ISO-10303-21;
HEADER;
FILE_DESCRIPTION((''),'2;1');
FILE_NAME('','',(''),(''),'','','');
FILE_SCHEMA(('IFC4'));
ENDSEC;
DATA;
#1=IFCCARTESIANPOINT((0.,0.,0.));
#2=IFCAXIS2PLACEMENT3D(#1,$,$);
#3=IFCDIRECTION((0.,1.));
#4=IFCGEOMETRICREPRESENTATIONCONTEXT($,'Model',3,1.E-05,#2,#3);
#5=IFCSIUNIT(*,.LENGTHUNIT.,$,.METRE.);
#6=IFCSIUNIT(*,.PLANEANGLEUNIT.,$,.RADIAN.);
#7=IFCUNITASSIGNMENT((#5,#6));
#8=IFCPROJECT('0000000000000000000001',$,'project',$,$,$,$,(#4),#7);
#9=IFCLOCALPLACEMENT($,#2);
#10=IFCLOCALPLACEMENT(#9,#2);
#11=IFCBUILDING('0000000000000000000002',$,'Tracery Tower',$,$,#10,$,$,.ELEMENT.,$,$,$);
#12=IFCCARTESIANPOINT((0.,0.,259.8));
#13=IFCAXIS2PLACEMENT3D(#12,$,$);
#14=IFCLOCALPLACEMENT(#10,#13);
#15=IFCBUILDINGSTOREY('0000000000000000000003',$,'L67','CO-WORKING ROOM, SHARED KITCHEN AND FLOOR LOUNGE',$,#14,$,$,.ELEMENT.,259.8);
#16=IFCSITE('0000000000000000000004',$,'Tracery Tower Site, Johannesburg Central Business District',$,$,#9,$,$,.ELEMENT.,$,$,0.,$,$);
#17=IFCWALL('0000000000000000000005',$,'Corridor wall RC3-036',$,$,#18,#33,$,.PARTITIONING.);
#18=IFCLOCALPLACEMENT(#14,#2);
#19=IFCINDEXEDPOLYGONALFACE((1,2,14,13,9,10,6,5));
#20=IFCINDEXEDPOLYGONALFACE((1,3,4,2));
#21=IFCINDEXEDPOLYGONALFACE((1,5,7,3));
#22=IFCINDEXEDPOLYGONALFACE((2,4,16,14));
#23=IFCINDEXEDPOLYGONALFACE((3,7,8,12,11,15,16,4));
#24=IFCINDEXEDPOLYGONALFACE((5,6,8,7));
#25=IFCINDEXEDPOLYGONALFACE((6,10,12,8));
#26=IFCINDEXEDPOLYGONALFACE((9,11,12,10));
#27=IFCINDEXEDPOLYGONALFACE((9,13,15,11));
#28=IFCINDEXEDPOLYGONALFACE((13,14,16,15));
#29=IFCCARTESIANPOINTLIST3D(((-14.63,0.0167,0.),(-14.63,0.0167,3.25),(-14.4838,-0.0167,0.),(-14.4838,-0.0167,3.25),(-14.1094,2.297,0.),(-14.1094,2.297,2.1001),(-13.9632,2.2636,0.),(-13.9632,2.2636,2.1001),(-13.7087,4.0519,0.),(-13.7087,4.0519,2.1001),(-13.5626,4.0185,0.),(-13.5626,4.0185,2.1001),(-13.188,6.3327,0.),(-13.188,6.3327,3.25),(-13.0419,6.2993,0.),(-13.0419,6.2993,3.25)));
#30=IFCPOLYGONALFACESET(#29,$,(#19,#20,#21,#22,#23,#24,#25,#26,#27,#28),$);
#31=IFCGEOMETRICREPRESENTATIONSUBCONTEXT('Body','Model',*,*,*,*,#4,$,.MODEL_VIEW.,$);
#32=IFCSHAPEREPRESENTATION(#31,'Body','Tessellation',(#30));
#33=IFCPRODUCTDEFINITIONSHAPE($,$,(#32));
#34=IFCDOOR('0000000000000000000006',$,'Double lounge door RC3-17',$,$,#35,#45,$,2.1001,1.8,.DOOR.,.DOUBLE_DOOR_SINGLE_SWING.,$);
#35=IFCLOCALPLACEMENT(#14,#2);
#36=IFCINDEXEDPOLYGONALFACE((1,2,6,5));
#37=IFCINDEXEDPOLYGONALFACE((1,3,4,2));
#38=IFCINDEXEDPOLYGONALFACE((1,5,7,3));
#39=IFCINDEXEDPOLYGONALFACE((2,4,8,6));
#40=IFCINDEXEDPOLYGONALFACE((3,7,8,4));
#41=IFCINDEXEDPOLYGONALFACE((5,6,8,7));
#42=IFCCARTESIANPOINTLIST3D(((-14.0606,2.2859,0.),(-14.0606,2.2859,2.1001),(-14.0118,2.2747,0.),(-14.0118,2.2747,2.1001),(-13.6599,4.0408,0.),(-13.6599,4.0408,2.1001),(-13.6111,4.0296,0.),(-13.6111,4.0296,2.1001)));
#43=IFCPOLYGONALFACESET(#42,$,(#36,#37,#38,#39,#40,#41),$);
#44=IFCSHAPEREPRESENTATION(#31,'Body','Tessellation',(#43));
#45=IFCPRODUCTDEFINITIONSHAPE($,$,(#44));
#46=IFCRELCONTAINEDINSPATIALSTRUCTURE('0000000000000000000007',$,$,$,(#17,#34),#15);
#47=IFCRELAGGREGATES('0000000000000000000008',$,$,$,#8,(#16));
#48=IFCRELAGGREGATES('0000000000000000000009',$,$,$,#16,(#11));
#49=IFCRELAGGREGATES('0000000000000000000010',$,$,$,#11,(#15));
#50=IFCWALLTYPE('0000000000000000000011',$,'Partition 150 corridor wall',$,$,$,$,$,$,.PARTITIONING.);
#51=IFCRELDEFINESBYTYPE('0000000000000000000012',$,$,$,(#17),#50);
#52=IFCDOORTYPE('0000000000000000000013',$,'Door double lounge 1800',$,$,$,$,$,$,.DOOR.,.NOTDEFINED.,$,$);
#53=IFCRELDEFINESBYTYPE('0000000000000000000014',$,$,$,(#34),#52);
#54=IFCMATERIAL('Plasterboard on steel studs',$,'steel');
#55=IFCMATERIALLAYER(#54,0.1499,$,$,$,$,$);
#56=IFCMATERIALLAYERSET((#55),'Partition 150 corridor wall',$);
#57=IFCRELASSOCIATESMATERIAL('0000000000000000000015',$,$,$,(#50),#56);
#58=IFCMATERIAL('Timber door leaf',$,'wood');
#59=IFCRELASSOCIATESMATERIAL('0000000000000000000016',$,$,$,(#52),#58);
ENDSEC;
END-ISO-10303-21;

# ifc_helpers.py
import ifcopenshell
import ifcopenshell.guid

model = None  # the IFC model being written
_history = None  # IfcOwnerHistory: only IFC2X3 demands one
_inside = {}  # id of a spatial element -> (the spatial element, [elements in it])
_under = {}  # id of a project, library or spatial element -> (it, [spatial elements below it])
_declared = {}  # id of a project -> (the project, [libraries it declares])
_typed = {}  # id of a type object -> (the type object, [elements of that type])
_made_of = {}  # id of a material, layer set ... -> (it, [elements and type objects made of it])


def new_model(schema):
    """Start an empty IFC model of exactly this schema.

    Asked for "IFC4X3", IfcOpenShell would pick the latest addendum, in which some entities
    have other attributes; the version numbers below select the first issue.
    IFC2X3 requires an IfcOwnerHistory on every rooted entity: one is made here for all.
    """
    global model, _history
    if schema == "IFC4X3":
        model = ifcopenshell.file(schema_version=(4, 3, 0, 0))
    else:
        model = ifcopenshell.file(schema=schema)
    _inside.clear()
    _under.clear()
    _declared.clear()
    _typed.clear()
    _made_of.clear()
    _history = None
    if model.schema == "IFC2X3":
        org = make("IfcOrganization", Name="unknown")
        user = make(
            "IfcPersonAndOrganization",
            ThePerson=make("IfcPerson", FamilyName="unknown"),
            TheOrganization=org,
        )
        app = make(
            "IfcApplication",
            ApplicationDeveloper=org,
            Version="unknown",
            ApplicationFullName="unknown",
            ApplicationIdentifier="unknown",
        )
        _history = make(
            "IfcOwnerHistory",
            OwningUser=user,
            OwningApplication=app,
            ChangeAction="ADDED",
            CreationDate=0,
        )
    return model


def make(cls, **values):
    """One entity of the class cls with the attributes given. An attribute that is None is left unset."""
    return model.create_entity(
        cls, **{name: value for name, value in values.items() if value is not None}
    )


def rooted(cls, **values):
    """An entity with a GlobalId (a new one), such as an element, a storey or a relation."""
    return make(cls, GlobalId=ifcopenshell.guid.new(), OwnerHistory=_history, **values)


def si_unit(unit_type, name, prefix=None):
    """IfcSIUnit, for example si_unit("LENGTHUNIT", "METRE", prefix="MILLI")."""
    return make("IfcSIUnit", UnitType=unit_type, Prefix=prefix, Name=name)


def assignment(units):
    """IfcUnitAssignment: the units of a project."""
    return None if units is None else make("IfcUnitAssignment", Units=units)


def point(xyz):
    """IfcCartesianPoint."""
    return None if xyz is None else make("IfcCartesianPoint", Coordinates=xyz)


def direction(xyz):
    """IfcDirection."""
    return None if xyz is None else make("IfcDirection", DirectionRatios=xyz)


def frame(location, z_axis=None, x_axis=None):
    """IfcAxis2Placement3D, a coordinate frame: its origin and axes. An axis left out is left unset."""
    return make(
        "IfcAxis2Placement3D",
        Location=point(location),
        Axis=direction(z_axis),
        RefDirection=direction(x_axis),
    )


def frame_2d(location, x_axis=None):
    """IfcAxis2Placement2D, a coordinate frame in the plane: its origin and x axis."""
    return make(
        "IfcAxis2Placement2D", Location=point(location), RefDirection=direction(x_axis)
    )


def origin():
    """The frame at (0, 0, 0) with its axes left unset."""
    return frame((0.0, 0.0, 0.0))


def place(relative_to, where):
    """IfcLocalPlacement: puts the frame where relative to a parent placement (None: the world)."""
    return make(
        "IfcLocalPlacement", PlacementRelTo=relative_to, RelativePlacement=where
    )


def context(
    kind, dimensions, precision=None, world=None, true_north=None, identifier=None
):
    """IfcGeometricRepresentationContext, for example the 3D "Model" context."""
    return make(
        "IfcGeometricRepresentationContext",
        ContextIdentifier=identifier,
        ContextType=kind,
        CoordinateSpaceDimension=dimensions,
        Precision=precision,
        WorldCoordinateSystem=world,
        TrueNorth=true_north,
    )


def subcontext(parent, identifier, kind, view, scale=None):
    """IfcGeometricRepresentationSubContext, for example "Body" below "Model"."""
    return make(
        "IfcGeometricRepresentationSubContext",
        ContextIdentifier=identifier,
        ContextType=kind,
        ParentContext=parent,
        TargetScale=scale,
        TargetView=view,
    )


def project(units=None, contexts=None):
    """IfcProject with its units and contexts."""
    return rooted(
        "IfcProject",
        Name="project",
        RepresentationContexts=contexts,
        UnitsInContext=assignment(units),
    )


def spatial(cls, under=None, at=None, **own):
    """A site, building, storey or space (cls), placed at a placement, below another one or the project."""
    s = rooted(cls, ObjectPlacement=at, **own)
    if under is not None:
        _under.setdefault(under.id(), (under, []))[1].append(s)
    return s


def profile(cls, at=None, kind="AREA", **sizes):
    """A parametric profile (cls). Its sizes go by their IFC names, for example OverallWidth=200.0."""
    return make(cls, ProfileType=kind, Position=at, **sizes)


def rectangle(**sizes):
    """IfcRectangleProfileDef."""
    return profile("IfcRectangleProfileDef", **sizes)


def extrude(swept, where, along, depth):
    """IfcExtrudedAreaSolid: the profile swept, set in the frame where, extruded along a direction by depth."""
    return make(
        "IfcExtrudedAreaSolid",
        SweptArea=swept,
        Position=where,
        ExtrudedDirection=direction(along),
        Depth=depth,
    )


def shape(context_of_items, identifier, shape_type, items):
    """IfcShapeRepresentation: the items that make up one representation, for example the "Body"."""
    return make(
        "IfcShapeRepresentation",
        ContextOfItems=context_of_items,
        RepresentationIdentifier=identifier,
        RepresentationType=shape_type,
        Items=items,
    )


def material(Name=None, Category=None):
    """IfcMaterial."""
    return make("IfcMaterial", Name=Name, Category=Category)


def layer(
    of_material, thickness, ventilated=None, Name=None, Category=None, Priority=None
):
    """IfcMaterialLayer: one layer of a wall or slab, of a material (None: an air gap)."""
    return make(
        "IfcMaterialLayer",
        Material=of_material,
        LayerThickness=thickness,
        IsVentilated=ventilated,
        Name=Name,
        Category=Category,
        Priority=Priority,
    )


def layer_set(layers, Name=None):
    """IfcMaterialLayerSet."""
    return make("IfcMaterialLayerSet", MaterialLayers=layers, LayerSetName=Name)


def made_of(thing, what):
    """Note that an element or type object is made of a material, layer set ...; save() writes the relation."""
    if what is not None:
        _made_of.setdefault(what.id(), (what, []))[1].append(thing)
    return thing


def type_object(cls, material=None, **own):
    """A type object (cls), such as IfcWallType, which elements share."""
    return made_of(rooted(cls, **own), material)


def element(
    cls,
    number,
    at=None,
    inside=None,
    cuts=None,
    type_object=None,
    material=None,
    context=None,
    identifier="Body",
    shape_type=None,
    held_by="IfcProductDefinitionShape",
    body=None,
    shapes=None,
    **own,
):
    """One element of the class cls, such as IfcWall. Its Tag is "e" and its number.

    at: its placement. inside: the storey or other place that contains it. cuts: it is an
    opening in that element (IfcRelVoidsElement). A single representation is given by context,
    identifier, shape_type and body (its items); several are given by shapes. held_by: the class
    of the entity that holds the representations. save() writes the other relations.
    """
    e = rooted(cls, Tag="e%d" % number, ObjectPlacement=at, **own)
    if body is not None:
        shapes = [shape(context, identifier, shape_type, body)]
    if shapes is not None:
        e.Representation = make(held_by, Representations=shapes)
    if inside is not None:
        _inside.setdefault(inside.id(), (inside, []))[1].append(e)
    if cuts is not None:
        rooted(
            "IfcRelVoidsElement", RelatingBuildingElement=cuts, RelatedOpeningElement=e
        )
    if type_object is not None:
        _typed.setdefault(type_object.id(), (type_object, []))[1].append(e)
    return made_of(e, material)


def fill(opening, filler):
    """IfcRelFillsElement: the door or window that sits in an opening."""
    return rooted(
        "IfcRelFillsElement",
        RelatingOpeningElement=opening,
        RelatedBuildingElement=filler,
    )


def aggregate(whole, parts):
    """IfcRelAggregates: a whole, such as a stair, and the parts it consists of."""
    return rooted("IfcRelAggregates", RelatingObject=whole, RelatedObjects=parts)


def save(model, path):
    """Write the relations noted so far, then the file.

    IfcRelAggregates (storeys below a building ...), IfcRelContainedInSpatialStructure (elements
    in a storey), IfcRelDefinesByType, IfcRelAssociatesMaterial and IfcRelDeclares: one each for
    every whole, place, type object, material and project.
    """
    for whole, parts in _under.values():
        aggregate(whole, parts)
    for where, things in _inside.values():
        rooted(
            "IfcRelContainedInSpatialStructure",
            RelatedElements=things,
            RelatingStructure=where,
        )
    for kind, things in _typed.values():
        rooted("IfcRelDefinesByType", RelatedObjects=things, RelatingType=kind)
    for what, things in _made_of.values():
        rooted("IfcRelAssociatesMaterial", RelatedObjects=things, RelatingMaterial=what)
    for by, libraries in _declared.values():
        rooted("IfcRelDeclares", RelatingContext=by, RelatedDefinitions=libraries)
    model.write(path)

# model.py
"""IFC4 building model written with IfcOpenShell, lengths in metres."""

from ifc_helpers import new_model, si_unit, direction, frame, frame_2d, origin, place, context, subcontext, project, spatial, rectangle, extrude, material, layer, layer_set, type_object, element, fill, save


model = new_model("IFC4")

# Units and contexts
model_context = context("Model", 3, precision=1e-05, world=origin(), true_north=direction((0.0, 1.0)))
body_context = subcontext(model_context, "Body", "Model", "MODEL_VIEW")
ifc_project = project(units=[si_unit("LENGTHUNIT", "METRE"), si_unit("PLANEANGLEUNIT", "RADIAN")], contexts=[model_context])

# Site, building, storey
site_placement = place(None, origin())
site = spatial("IfcSite", under=ifc_project, at=site_placement, Name="Tracery Tower Site, Johannesburg Central Business District", CompositionType="ELEMENT", RefElevation=0.0)
building_placement = place(site_placement, origin())
building = spatial("IfcBuilding", under=site, at=building_placement, Name="Tracery Tower", CompositionType="ELEMENT")
storey_placement = place(building_placement, frame((0.0, 0.0, 259.8)))
storey = spatial("IfcBuildingStorey", under=building, at=storey_placement, Name="L67", Description="CO-WORKING ROOM, SHARED KITCHEN AND FLOOR LOUNGE", CompositionType="ELEMENT", Elevation=259.8)

# Shared definitions
ifc_material_1 = material(Name="Plasterboard on steel studs", Category="steel")
ifc_layer_1 = layer(ifc_material_1, 0.1499)
ifc_layer_set_1 = layer_set([ifc_layer_1], Name="Partition 150 corridor wall")
wall_type_1 = type_object("IfcWallType", Name="Partition 150 corridor wall", PredefinedType="PARTITIONING", material=ifc_layer_set_1)

# Wall, opening, door
wall_1_placement = place(storey_placement, frame((-14.5569, 0.0, 0.0), z_axis=(0.0, 0.0, 1.0), x_axis=(0.222569, 0.974917, 0.0)))
wall_1 = element("IfcWall", 1, at=wall_1_placement, inside=storey, type_object=wall_type_1, Name="Corridor wall RC3-036", PredefinedType="PARTITIONING", context=body_context, shape_type="SweptSolid", body=[
    extrude(rectangle(XDim=6.4785, YDim=0.1499, at=frame_2d((3.2393, 0.0))), origin(), (0.0, 0.0, 1.0), 3.25),
])
opening_1_placement = place(wall_1_placement, frame((2.3391, 0.0, 0.0)))
opening_1 = element("IfcOpeningElement", 2, at=opening_1_placement, cuts=wall_1, PredefinedType="OPENING", context=body_context, shape_type="SweptSolid", body=[
    extrude(rectangle(XDim=1.8, YDim=2.1001, at=frame_2d((0.8999, 1.05))), frame((0.0, 0.075, 0.0), z_axis=(0.0, -1.0, 0.0), x_axis=(1.0, 0.0, 0.0)), (0.0, 0.0, 1.0), 0.1499),
])
ifc_material_2 = material(Name="Timber door leaf", Category="wood")
door_type_1 = type_object("IfcDoorType", Name="Door double lounge 1800", OperationType="NOTDEFINED", PredefinedType="DOOR", material=ifc_material_2)
door_1_placement = place(opening_1_placement, origin())
door_1 = element("IfcDoor", 3, at=door_1_placement, inside=storey, type_object=door_type_1, Name="Double lounge door RC3-17", OperationType="DOUBLE_DOOR_SINGLE_SWING", OverallHeight=2.1001, OverallWidth=1.8, PredefinedType="DOOR", context=body_context, shape_type="SweptSolid", body=[
    extrude(rectangle(XDim=1.8, YDim=2.1001, at=frame_2d((0.8999, 1.05))), frame((0.0, 0.0249, 0.0), z_axis=(0.0, -1.0, 0.0), x_axis=(1.0, 0.0, 0.0)), (0.0, 0.0, 1.0), 0.05),
])
fill(opening_1, door_1)

save(model, "model.ifc")
